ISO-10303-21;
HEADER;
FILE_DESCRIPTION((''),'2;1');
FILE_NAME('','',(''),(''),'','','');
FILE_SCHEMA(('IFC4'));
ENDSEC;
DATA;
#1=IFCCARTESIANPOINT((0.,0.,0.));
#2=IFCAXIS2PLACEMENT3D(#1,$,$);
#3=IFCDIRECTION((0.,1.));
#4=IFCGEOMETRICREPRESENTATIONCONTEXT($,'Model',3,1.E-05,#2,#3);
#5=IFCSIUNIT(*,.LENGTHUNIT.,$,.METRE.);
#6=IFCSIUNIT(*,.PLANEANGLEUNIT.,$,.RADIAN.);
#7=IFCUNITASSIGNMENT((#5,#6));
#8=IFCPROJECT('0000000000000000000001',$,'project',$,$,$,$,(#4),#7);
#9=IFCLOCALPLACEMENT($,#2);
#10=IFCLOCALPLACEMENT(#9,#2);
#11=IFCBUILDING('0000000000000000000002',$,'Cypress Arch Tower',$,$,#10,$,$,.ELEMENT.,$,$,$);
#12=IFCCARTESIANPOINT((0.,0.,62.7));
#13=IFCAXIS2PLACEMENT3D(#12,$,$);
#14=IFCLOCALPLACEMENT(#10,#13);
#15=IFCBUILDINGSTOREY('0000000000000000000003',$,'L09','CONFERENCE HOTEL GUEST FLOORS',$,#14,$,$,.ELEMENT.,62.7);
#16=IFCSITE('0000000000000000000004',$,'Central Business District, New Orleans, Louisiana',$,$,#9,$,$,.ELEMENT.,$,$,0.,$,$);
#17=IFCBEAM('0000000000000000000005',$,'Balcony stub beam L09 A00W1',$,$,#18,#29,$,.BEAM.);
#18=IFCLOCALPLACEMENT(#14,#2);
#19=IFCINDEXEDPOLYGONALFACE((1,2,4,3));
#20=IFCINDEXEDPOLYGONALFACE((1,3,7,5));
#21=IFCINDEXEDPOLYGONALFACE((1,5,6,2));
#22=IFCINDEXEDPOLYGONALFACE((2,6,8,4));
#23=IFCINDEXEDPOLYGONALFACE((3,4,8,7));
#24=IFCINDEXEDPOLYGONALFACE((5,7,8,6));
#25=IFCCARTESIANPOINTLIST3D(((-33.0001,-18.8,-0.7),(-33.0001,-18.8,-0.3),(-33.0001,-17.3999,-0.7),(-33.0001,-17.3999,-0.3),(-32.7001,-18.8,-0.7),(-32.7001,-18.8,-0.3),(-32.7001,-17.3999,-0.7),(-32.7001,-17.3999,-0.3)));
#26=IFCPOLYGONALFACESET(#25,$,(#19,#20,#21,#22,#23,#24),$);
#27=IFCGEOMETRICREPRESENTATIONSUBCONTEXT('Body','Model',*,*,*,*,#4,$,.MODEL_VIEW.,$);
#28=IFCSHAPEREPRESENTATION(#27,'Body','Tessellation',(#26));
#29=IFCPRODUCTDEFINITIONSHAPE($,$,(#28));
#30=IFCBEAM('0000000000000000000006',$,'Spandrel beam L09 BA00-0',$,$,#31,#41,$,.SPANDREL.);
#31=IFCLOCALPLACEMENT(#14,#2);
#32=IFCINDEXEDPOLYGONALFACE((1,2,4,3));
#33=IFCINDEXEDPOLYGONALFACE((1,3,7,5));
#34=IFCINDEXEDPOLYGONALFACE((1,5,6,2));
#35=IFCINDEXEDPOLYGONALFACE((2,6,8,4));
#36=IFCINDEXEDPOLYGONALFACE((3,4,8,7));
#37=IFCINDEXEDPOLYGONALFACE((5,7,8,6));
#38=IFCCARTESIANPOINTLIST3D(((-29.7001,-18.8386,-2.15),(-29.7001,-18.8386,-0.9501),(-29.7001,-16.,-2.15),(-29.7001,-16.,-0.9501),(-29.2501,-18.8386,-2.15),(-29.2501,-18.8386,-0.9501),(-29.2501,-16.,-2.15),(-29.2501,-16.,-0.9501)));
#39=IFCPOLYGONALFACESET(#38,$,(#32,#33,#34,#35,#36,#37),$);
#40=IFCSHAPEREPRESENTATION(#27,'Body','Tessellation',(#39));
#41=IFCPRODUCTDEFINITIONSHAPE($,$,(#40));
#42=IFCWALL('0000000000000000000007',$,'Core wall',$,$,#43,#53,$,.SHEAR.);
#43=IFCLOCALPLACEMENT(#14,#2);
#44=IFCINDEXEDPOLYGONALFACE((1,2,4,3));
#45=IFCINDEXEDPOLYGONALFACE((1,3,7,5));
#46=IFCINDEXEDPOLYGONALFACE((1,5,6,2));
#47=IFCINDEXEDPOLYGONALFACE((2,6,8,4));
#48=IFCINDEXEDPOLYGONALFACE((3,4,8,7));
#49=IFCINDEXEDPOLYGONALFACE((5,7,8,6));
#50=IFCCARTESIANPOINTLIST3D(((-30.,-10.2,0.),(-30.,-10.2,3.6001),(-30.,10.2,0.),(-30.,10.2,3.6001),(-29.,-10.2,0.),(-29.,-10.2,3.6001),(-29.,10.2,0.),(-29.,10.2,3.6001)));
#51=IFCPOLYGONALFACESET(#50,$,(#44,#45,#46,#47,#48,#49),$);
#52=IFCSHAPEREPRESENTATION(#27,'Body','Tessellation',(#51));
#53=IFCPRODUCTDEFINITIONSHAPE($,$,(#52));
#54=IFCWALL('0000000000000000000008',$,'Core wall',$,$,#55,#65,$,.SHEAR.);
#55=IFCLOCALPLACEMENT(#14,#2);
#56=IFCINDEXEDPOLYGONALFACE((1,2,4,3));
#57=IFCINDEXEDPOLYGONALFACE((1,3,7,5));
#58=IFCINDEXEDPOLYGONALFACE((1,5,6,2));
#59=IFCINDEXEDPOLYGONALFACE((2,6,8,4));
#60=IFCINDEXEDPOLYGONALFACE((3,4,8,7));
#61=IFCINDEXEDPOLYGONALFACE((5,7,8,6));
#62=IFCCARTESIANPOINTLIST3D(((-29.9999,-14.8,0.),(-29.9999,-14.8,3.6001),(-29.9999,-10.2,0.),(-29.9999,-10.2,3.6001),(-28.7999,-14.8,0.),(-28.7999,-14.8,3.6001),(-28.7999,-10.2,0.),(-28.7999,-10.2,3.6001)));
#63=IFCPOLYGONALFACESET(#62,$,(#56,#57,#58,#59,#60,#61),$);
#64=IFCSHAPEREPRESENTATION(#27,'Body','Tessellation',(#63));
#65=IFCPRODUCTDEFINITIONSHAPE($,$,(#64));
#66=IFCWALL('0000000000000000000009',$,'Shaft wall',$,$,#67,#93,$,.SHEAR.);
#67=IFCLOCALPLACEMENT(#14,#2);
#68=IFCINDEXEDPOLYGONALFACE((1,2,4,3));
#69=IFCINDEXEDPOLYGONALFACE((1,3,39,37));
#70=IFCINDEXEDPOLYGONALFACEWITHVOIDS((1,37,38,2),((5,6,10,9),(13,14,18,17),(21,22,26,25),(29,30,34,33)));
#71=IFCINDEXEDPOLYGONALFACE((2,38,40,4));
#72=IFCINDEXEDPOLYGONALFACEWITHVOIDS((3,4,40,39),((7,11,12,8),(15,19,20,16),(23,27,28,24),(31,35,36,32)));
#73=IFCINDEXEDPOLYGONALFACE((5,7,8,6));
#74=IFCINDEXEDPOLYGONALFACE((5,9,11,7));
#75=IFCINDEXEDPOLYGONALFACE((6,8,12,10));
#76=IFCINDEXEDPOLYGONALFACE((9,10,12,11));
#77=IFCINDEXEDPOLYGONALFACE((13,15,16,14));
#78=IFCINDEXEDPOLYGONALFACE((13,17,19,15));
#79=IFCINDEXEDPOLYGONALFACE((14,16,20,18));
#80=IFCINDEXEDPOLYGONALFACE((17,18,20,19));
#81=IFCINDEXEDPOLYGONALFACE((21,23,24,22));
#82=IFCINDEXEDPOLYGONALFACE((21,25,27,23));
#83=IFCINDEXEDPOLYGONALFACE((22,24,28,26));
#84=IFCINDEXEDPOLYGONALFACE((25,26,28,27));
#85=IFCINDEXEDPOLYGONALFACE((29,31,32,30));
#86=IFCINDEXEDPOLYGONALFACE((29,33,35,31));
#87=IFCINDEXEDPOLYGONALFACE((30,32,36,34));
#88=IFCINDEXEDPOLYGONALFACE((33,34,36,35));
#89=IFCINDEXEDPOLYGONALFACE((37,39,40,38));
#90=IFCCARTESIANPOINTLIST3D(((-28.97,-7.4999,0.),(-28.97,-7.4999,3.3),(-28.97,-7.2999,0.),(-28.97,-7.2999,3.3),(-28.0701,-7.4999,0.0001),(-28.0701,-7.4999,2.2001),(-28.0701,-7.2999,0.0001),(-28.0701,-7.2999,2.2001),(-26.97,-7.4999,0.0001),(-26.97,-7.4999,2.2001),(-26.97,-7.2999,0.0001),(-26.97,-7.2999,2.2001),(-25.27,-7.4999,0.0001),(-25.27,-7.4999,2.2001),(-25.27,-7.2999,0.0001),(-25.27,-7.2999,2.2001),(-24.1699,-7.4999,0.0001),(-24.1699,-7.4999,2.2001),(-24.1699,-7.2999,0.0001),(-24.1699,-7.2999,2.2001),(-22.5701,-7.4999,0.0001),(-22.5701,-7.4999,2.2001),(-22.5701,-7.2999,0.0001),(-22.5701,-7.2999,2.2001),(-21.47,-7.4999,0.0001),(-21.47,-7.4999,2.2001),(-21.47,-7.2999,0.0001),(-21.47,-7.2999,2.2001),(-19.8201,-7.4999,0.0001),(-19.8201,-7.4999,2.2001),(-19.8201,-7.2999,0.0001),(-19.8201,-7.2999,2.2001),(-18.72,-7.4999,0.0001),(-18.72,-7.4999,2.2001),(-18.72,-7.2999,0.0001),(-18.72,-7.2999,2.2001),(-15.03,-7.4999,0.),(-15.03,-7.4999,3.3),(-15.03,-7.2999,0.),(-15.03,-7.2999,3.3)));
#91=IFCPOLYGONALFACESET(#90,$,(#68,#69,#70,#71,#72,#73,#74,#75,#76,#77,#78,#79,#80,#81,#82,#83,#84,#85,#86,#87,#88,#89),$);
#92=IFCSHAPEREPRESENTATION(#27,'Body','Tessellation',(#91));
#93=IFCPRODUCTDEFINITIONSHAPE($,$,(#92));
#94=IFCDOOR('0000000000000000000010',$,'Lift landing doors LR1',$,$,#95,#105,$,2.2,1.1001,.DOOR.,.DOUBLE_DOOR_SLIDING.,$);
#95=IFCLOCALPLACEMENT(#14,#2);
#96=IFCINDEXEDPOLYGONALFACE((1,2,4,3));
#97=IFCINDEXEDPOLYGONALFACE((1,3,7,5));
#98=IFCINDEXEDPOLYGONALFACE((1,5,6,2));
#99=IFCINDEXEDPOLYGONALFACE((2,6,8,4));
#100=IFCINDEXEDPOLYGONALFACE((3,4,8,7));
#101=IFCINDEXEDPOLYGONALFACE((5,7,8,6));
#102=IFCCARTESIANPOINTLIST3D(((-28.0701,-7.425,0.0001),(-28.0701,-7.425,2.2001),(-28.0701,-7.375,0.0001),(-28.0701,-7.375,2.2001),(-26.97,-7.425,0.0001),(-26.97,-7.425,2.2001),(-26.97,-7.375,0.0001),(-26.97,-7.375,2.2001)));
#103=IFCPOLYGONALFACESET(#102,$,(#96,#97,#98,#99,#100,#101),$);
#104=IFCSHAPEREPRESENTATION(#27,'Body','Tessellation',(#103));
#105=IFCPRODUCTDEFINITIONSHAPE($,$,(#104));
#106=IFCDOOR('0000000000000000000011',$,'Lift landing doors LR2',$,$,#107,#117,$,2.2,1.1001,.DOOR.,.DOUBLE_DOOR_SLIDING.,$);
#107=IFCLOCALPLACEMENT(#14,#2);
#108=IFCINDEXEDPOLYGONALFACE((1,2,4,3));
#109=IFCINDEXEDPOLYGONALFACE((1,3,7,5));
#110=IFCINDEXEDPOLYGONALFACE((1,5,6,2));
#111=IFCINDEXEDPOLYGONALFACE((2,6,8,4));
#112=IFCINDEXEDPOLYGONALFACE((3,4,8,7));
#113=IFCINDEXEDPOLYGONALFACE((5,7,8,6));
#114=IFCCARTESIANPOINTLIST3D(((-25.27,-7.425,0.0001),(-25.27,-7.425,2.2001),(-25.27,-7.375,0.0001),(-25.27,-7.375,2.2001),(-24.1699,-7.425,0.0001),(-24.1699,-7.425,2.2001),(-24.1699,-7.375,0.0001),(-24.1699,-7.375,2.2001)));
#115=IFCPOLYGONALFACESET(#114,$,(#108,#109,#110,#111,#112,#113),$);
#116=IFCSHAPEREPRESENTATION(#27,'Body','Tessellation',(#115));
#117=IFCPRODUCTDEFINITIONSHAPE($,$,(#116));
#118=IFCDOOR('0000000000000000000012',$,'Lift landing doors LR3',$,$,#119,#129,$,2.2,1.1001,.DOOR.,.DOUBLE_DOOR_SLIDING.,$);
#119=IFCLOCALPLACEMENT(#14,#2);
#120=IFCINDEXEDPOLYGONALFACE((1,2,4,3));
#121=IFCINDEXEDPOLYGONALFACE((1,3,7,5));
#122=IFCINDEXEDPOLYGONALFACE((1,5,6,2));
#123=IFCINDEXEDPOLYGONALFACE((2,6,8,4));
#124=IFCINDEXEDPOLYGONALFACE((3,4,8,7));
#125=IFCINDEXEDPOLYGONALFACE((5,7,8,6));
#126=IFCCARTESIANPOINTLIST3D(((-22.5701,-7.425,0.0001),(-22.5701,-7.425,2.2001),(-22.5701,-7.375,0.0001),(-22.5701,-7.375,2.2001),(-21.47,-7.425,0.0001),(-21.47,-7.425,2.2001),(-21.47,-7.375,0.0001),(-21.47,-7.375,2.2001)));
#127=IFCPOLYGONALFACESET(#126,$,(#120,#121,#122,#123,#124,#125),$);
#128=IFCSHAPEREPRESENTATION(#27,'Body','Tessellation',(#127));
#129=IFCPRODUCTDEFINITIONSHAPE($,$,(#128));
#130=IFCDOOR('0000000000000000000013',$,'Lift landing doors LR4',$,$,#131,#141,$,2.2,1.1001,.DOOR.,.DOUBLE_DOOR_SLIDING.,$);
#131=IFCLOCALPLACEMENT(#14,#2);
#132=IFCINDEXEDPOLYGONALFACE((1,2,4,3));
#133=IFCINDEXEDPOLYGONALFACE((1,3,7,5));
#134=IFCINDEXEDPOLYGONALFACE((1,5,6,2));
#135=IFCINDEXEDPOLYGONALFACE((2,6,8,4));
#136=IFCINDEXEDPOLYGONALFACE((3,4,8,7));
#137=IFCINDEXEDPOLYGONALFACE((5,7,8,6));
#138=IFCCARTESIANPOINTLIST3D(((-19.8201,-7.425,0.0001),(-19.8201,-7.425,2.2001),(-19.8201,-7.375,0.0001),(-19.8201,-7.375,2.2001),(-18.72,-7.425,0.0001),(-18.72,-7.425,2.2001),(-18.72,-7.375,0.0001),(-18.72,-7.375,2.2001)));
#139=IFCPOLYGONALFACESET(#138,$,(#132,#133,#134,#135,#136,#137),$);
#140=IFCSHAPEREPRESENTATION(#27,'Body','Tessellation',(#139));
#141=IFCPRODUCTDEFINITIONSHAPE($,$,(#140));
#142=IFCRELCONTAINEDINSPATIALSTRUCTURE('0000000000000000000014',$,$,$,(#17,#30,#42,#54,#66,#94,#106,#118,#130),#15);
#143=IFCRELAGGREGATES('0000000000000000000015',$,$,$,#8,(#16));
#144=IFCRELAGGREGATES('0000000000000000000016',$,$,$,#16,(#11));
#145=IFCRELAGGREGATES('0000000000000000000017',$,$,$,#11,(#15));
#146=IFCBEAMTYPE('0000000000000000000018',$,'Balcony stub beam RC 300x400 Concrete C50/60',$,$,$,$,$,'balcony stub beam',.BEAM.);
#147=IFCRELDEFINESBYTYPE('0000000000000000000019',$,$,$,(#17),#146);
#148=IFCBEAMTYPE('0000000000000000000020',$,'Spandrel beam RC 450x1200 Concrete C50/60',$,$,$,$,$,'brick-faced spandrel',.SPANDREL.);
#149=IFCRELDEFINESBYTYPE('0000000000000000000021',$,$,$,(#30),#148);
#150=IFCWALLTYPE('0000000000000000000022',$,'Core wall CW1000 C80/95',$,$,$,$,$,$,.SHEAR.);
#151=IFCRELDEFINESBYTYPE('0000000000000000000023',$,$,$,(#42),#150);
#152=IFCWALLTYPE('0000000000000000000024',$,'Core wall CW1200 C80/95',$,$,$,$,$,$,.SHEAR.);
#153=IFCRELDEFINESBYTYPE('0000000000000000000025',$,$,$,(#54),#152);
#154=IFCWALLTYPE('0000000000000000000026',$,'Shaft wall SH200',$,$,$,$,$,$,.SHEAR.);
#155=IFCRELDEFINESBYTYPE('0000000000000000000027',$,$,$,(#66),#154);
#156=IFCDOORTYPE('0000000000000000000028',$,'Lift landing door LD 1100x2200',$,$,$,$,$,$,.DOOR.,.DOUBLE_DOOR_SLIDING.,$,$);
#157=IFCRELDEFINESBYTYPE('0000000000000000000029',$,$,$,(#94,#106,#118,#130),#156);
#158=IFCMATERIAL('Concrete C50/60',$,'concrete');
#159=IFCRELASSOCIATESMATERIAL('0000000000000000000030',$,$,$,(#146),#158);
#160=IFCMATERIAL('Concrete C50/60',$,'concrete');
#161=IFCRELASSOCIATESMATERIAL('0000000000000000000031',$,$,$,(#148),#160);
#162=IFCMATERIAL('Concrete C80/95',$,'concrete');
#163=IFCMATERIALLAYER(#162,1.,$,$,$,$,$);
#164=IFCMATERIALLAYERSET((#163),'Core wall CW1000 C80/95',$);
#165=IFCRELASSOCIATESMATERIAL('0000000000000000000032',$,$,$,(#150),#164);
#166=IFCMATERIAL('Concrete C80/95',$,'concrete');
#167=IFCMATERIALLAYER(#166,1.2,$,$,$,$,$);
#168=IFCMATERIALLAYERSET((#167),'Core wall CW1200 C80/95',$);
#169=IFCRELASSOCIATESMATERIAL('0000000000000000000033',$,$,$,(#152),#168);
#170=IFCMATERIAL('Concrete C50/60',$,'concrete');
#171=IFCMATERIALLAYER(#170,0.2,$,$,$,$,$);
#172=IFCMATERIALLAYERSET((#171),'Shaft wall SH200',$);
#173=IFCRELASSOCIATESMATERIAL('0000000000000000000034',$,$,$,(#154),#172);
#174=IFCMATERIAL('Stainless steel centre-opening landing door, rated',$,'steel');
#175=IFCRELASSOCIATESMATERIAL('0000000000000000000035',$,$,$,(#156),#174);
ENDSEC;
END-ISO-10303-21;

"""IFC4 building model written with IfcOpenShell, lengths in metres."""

from ifc_helpers import new_model, si_unit, direction, frame, frame_2d, origin, origin_2d, place, context, subcontext, project, spatial, rectangle, extrude, material, layer, layer_set, material_profile, profile_set, type_object, element, fill, save


model = new_model("IFC4")

# Units and contexts
model_context = context("Model", 3, precision=1e-05, world=origin(), true_north=direction((0.0, 1.0)))
body_context = subcontext(model_context, "Body", "Model", "MODEL_VIEW")
ifc_project = project(units=[si_unit("LENGTHUNIT", "METRE"), si_unit("PLANEANGLEUNIT", "RADIAN")], contexts=[model_context])

# Site, building, storey
site_placement = place(None, origin())
site = spatial("IfcSite", under=ifc_project, at=site_placement, Name="Central Business District, New Orleans, Louisiana", CompositionType="ELEMENT", RefElevation=0.0)
building_placement = place(site_placement, origin())
building = spatial("IfcBuilding", under=site, at=building_placement, Name="Cypress Arch Tower", CompositionType="ELEMENT")
storey_placement = place(building_placement, frame((0.0, 0.0, 62.7)))
storey = spatial("IfcBuildingStorey", under=building, at=storey_placement, Name="L09", Description="CONFERENCE HOTEL GUEST FLOORS", CompositionType="ELEMENT", Elevation=62.7)

# Beams
ifc_material_1 = material(Name="Concrete C50/60", Category="concrete")
ifc_material_profile_1 = material_profile(ifc_material_1, rectangle(XDim=0.3, YDim=0.3999, at=origin_2d()), Name="RC 300x400")
ifc_profile_set_1 = profile_set([ifc_material_profile_1], Name="Concrete C50/60")
beam_type_1 = type_object("IfcBeamType", Name="Balcony stub beam RC 300x400 Concrete C50/60", ElementType="balcony stub beam", PredefinedType="BEAM", material=ifc_profile_set_1)
beam_1_placement = place(storey_placement, frame((-32.8501, -17.3999, -0.5), z_axis=(0.0, -1.0, 0.0), x_axis=(1.0, 0.0, 0.0)))
element("IfcBeam", 1, at=beam_1_placement, inside=storey, type_object=beam_type_1, Name="Balcony stub beam L09 A00W1", PredefinedType="BEAM", context=body_context, shape_type="SweptSolid", body=[
    extrude(rectangle(XDim=0.3, YDim=0.3999, at=origin_2d()), origin(), (0.0, 0.0, 1.0), 1.4001),
])
ifc_material_2 = material(Name="Concrete C50/60", Category="concrete")
ifc_material_profile_2 = material_profile(ifc_material_2, rectangle(XDim=0.45, YDim=1.2, at=origin_2d()), Name="RC 450x1200")
ifc_profile_set_2 = profile_set([ifc_material_profile_2], Name="Concrete C50/60")
beam_type_2 = type_object("IfcBeamType", Name="Spandrel beam RC 450x1200 Concrete C50/60", ElementType="brick-faced spandrel", PredefinedType="SPANDREL", material=ifc_profile_set_2)
beam_2_placement = place(storey_placement, frame((-29.4751, -16.0, -1.55), z_axis=(0.0, -1.0, 0.0), x_axis=(1.0, 0.0, 0.0)))
element("IfcBeam", 2, at=beam_2_placement, inside=storey, type_object=beam_type_2, Name="Spandrel beam L09 BA00-0", PredefinedType="SPANDREL", context=body_context, shape_type="SweptSolid", body=[
    extrude(rectangle(XDim=0.45, YDim=1.2, at=origin_2d()), origin(), (0.0, 0.0, 1.0), 2.8386),
])

# Wall
ifc_material_3 = material(Name="Concrete C80/95", Category="concrete")
ifc_layer_1 = layer(ifc_material_3, 1.0)
ifc_layer_set_1 = layer_set([ifc_layer_1], Name="Core wall CW1000 C80/95")
wall_type_1 = type_object("IfcWallType", Name="Core wall CW1000 C80/95", PredefinedType="SHEAR", material=ifc_layer_set_1)
wall_1_placement = place(storey_placement, frame((-29.5, -10.2, 0.0), z_axis=(0.0, 0.0, 1.0), x_axis=(0.0, 1.0, 0.0)))
element("IfcWall", 3, at=wall_1_placement, inside=storey, type_object=wall_type_1, Name="Core wall", PredefinedType="SHEAR", context=body_context, shape_type="SweptSolid", body=[
    extrude(rectangle(XDim=20.3999, YDim=1.0, at=frame_2d((10.2, 0.0))), origin(), (0.0, 0.0, 1.0), 3.6001),
])

# Shared definitions
ifc_material_4 = material(Name="Concrete C80/95", Category="concrete")
ifc_layer_2 = layer(ifc_material_4, 1.2)
ifc_layer_set_2 = layer_set([ifc_layer_2], Name="Core wall CW1200 C80/95")
wall_type_2 = type_object("IfcWallType", Name="Core wall CW1200 C80/95", PredefinedType="SHEAR", material=ifc_layer_set_2)

# Wall
wall_2_placement = place(storey_placement, frame((-29.3999, -14.8, 0.0), z_axis=(0.0, 0.0, 1.0), x_axis=(0.0, 1.0, 0.0)))
element("IfcWall", 4, at=wall_2_placement, inside=storey, type_object=wall_type_2, Name="Core wall", PredefinedType="SHEAR", context=body_context, shape_type="SweptSolid", body=[
    extrude(rectangle(XDim=4.6001, YDim=1.2, at=frame_2d((2.3, 0.0))), origin(), (0.0, 0.0, 1.0), 3.6001),
])

# Wall, openings, doors
ifc_material_5 = material(Name="Concrete C50/60", Category="concrete")
ifc_layer_3 = layer(ifc_material_5, 0.2)
ifc_layer_set_3 = layer_set([ifc_layer_3], Name="Shaft wall SH200")
wall_type_3 = type_object("IfcWallType", Name="Shaft wall SH200", PredefinedType="SHEAR", material=ifc_layer_set_3)
wall_3_placement = place(storey_placement, frame((-28.97, -7.3999, 0.0), z_axis=(0.0, 0.0, 1.0), x_axis=(1.0, 0.0, 0.0)))
wall_3 = element("IfcWall", 5, at=wall_3_placement, inside=storey, type_object=wall_type_3, Name="Shaft wall", PredefinedType="SHEAR", context=body_context, shape_type="SweptSolid", body=[
    extrude(rectangle(XDim=13.9399, YDim=0.2, at=frame_2d((6.97, 0.0))), origin(), (0.0, 0.0, 1.0), 3.3),
])
opening_1_placement = place(wall_3_placement, frame((0.8999, 0.0, 0.0)))
opening_1 = element("IfcOpeningElement", 6, at=opening_1_placement, cuts=wall_3, PredefinedType="OPENING", context=body_context, shape_type="SweptSolid", body=[
    extrude(rectangle(XDim=1.1001, YDim=2.2, at=frame_2d((0.55, 1.1001))), frame((0.0, 0.1099, 0.0), z_axis=(0.0, -1.0, 0.0), x_axis=(1.0, 0.0, 0.0)), (0.0, 0.0, 1.0), 0.22),
])
opening_2_placement = place(wall_3_placement, frame((3.7, 0.0, 0.0)))
opening_2 = element("IfcOpeningElement", 7, at=opening_2_placement, cuts=wall_3, PredefinedType="OPENING", context=body_context, shape_type="SweptSolid", body=[
    extrude(rectangle(XDim=1.1001, YDim=2.2, at=frame_2d((0.55, 1.1001))), frame((0.0, 0.1099, 0.0), z_axis=(0.0, -1.0, 0.0), x_axis=(1.0, 0.0, 0.0)), (0.0, 0.0, 1.0), 0.22),
])
opening_3_placement = place(wall_3_placement, frame((6.3999, 0.0, 0.0)))
opening_3 = element("IfcOpeningElement", 8, at=opening_3_placement, cuts=wall_3, PredefinedType="OPENING", context=body_context, shape_type="SweptSolid", body=[
    extrude(rectangle(XDim=1.1001, YDim=2.2, at=frame_2d((0.55, 1.1001))), frame((0.0, 0.1099, 0.0), z_axis=(0.0, -1.0, 0.0), x_axis=(1.0, 0.0, 0.0)), (0.0, 0.0, 1.0), 0.22),
])
opening_4_placement = place(wall_3_placement, frame((9.1499, 0.0, 0.0)))
opening_4 = element("IfcOpeningElement", 9, at=opening_4_placement, cuts=wall_3, PredefinedType="OPENING", context=body_context, shape_type="SweptSolid", body=[
    extrude(rectangle(XDim=1.1001, YDim=2.2, at=frame_2d((0.55, 1.1001))), frame((0.0, 0.1099, 0.0), z_axis=(0.0, -1.0, 0.0), x_axis=(1.0, 0.0, 0.0)), (0.0, 0.0, 1.0), 0.22),
])
ifc_material_6 = material(Name="Stainless steel centre-opening landing door, rated", Category="steel")
door_type_1 = type_object("IfcDoorType", Name="Lift landing door LD 1100x2200", OperationType="DOUBLE_DOOR_SLIDING", PredefinedType="DOOR", material=ifc_material_6)
door_1_placement = place(opening_1_placement, origin())
door_1 = element("IfcDoor", 10, at=door_1_placement, inside=storey, type_object=door_type_1, Name="Lift landing doors LR1", OperationType="DOUBLE_DOOR_SLIDING", OverallHeight=2.2, OverallWidth=1.1001, PredefinedType="DOOR", context=body_context, shape_type="SweptSolid", body=[
    extrude(rectangle(XDim=1.1001, YDim=2.2, at=frame_2d((0.55, 1.1001))), frame((0.0, 0.0249, 0.0), z_axis=(0.0, -1.0, 0.0), x_axis=(1.0, 0.0, 0.0)), (0.0, 0.0, 1.0), 0.05),
])
fill(opening_1, door_1)
door_2_placement = place(opening_2_placement, origin())
door_2 = element("IfcDoor", 11, at=door_2_placement, inside=storey, type_object=door_type_1, Name="Lift landing doors LR2", OperationType="DOUBLE_DOOR_SLIDING", OverallHeight=2.2, OverallWidth=1.1001, PredefinedType="DOOR", context=body_context, shape_type="SweptSolid", body=[
    extrude(rectangle(XDim=1.1001, YDim=2.2, at=frame_2d((0.55, 1.1001))), frame((0.0, 0.0249, 0.0), z_axis=(0.0, -1.0, 0.0), x_axis=(1.0, 0.0, 0.0)), (0.0, 0.0, 1.0), 0.05),
])
fill(opening_2, door_2)
door_3_placement = place(opening_3_placement, origin())
door_3 = element("IfcDoor", 12, at=door_3_placement, inside=storey, type_object=door_type_1, Name="Lift landing doors LR3", OperationType="DOUBLE_DOOR_SLIDING", OverallHeight=2.2, OverallWidth=1.1001, PredefinedType="DOOR", context=body_context, shape_type="SweptSolid", body=[
    extrude(rectangle(XDim=1.1001, YDim=2.2, at=frame_2d((0.55, 1.1001))), frame((0.0, 0.0249, 0.0), z_axis=(0.0, -1.0, 0.0), x_axis=(1.0, 0.0, 0.0)), (0.0, 0.0, 1.0), 0.05),
])
fill(opening_3, door_3)
door_4_placement = place(opening_4_placement, origin())
door_4 = element("IfcDoor", 13, at=door_4_placement, inside=storey, type_object=door_type_1, Name="Lift landing doors LR4", OperationType="DOUBLE_DOOR_SLIDING", OverallHeight=2.2, OverallWidth=1.1001, PredefinedType="DOOR", context=body_context, shape_type="SweptSolid", body=[
    extrude(rectangle(XDim=1.1001, YDim=2.2, at=frame_2d((0.55, 1.1001))), frame((0.0, 0.0249, 0.0), z_axis=(0.0, -1.0, 0.0), x_axis=(1.0, 0.0, 0.0)), (0.0, 0.0, 1.0), 0.05),
])
fill(opening_4, door_4)

save(model, "model.ifc")
